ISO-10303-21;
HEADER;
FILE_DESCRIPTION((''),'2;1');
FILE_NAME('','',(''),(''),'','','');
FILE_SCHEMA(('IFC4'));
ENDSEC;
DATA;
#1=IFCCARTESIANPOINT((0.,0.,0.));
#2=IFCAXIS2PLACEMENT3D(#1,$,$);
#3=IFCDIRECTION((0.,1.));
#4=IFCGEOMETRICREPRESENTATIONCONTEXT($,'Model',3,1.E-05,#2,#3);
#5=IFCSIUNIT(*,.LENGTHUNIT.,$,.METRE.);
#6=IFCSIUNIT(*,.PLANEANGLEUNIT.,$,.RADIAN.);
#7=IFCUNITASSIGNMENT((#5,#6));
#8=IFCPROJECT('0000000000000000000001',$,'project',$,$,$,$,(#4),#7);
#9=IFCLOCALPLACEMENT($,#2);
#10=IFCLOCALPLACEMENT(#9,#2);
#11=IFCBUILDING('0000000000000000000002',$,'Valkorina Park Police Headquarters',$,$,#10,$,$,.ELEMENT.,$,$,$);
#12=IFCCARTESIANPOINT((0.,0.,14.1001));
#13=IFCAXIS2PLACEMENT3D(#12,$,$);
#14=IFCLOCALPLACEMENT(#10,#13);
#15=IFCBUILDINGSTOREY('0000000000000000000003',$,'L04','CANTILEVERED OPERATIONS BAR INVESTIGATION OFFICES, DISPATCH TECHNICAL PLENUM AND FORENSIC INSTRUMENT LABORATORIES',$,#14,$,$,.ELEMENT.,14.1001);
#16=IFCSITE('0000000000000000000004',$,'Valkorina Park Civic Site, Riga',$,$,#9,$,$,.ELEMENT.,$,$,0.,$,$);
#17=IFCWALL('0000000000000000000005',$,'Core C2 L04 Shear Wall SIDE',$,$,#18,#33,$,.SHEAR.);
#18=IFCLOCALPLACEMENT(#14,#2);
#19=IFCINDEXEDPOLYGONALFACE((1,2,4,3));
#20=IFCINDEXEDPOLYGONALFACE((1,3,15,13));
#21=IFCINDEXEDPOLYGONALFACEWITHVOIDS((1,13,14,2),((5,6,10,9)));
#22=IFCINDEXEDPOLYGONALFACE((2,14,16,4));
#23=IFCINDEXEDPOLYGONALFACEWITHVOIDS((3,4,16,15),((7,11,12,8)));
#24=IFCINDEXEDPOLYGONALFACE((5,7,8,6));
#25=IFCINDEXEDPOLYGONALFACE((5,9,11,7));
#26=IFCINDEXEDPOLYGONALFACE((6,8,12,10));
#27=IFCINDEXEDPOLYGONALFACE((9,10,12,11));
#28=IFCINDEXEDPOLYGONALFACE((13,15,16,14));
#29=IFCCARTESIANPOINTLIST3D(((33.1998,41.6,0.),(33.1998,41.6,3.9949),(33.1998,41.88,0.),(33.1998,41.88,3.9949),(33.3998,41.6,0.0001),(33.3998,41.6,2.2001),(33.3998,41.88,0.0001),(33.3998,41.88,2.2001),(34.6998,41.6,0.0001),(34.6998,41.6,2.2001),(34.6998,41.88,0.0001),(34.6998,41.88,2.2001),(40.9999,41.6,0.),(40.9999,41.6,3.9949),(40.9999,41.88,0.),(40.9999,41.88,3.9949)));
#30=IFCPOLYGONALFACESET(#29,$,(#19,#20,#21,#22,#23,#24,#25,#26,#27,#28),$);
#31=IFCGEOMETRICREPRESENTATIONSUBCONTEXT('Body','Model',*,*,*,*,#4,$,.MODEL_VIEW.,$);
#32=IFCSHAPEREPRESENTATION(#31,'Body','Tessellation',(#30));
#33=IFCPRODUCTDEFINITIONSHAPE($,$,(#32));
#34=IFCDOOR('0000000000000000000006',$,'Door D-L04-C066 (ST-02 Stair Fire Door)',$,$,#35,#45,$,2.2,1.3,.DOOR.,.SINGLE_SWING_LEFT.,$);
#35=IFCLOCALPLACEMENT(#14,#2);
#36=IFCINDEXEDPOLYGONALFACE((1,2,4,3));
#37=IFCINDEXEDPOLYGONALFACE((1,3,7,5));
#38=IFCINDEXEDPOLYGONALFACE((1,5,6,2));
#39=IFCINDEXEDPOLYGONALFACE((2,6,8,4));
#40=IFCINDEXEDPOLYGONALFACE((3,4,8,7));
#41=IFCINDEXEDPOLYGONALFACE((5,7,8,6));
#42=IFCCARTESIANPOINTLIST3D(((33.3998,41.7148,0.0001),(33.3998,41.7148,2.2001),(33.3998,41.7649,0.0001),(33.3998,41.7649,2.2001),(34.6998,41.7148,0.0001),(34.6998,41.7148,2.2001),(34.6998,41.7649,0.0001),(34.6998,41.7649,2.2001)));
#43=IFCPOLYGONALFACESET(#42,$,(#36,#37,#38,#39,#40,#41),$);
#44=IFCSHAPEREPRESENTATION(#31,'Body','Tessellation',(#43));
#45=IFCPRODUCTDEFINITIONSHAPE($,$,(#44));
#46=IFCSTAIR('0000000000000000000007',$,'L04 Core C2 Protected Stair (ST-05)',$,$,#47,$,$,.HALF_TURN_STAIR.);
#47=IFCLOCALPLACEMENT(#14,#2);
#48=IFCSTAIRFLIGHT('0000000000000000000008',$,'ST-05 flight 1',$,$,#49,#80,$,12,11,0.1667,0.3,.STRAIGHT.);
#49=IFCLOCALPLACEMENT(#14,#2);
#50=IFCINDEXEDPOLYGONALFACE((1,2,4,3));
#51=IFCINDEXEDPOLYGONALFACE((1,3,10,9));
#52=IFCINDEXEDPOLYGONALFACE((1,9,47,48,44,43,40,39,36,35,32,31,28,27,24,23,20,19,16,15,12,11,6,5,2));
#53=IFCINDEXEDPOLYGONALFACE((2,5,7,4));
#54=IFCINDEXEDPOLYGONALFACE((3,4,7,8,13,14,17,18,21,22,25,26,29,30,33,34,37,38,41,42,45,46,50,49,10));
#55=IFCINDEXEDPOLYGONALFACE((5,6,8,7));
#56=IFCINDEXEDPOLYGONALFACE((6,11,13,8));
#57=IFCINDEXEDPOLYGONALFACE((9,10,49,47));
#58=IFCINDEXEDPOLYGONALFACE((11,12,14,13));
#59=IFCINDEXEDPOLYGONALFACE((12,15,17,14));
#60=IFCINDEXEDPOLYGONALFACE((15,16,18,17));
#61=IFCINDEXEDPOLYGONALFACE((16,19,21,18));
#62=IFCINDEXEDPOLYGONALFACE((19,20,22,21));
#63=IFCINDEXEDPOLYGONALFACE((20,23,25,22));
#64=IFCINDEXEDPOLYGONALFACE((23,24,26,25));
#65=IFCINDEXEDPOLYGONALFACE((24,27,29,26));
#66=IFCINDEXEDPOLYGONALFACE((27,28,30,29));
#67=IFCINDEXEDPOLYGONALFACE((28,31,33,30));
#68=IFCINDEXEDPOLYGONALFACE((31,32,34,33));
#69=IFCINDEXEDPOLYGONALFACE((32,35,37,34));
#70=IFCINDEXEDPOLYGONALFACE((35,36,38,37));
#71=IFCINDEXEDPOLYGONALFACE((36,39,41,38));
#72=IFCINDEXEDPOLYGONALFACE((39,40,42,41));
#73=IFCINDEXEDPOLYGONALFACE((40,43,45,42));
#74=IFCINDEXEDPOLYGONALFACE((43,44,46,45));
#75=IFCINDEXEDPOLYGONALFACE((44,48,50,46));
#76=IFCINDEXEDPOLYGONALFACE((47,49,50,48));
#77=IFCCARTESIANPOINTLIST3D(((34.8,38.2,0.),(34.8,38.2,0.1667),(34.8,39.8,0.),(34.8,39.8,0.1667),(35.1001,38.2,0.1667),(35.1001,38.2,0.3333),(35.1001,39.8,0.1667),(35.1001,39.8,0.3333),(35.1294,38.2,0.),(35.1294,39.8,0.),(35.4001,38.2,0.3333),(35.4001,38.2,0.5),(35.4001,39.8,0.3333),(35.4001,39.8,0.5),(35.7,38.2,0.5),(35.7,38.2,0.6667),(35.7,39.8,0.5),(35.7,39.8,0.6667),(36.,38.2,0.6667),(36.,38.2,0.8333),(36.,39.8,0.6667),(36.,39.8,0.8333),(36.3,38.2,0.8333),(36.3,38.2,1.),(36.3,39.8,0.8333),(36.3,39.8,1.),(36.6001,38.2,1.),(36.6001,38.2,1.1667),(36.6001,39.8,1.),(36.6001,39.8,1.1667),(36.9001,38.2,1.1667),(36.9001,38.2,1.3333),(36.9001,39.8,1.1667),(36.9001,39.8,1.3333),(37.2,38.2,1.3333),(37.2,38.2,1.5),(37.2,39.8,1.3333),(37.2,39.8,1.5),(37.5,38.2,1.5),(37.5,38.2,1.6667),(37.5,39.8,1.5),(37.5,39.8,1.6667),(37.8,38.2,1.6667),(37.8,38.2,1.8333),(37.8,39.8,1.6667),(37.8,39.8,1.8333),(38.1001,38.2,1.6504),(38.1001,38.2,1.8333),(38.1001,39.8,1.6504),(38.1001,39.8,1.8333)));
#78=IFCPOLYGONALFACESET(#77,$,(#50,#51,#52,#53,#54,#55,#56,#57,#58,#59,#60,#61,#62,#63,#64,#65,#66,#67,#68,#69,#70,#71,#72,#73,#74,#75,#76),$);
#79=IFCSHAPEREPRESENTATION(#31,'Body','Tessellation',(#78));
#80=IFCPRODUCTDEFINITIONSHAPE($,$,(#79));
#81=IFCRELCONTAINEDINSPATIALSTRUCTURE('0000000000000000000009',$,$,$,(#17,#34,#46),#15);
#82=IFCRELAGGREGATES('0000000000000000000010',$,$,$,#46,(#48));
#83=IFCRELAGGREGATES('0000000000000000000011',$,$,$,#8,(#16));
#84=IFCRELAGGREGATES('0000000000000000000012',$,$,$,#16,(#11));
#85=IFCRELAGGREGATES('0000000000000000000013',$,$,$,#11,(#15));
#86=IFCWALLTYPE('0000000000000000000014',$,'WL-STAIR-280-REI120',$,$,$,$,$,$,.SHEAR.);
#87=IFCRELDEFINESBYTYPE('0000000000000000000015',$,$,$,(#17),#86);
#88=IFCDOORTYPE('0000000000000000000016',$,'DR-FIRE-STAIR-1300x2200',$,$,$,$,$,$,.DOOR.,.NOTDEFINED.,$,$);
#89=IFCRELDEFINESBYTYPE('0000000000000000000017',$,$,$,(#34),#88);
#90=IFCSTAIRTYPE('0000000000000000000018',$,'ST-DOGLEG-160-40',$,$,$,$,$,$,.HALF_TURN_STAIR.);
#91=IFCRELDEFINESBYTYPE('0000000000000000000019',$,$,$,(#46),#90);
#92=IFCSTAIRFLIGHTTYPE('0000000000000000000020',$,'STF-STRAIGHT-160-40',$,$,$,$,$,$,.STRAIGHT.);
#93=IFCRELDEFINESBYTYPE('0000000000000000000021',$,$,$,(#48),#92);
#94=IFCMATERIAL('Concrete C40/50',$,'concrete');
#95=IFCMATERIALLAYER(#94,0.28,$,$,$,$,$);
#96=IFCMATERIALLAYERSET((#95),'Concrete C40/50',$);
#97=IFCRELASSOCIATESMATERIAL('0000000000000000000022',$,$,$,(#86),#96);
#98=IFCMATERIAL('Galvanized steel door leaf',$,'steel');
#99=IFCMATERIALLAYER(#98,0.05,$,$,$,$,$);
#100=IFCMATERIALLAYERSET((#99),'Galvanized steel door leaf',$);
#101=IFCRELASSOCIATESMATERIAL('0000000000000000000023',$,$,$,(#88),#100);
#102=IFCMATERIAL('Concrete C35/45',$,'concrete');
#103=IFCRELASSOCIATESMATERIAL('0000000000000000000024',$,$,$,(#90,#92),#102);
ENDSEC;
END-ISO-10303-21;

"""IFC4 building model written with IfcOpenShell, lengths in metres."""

from ifc_helpers import new_model, si_unit, direction, frame, frame_2d, origin, place, context, subcontext, project, spatial, polyline, rectangle, outline, extrude, material, layer, layer_set, type_object, element, fill, aggregate, save


model = new_model("IFC4")

# Units and contexts
model_context = context("Model", 3, precision=1e-05, world=origin(), true_north=direction((0.0, 1.0)))
body_context = subcontext(model_context, "Body", "Model", "MODEL_VIEW")
ifc_project = project(units=[si_unit("LENGTHUNIT", "METRE"), si_unit("PLANEANGLEUNIT", "RADIAN")], contexts=[model_context])

# Site, building, storey
site_placement = place(None, origin())
site = spatial("IfcSite", under=ifc_project, at=site_placement, Name="Valkorina Park Civic Site, Riga", CompositionType="ELEMENT", RefElevation=0.0)
building_placement = place(site_placement, origin())
building = spatial("IfcBuilding", under=site, at=building_placement, Name="Valkorina Park Police Headquarters", CompositionType="ELEMENT")
storey_placement = place(building_placement, frame((0.0, 0.0, 14.1001)))
storey = spatial("IfcBuildingStorey", under=building, at=storey_placement, Name="L04", Description="CANTILEVERED OPERATIONS BAR INVESTIGATION OFFICES, DISPATCH TECHNICAL PLENUM AND FORENSIC INSTRUMENT LABORATORIES", CompositionType="ELEMENT", Elevation=14.1001)

# Shared definitions
ifc_material_1 = material(Name="Galvanized steel door leaf", Category="steel")

# Shared definitions
ifc_material_2 = material(Name="Concrete C40/50", Category="concrete")

# Wall, opening, door
ifc_layer_1 = layer(ifc_material_2, 0.28)
ifc_layer_set_1 = layer_set([ifc_layer_1], Name="Concrete C40/50")
wall_type_1 = type_object("IfcWallType", Name="WL-STAIR-280-REI120", PredefinedType="SHEAR", material=ifc_layer_set_1)
wall_1_placement = place(storey_placement, frame((33.2, 41.74, 0.0), z_axis=(0.0, 0.0, 1.0), x_axis=(1.0, 0.0, 0.0)))
wall_1 = element("IfcWall", 1, at=wall_1_placement, inside=storey, type_object=wall_type_1, Name="Core C2 L04 Shear Wall SIDE", PredefinedType="SHEAR", context=body_context, shape_type="SweptSolid", body=[
    extrude(rectangle(XDim=7.8, YDim=0.28, at=frame_2d((3.8999, 0.0))), origin(), (0.0, 0.0, 1.0), 3.9949),
])
opening_1_placement = place(wall_1_placement, frame((0.2, 0.0, 0.0)))
opening_1 = element("IfcOpeningElement", 2, at=opening_1_placement, cuts=wall_1, PredefinedType="OPENING", context=body_context, shape_type="SweptSolid", body=[
    extrude(rectangle(XDim=1.3, YDim=2.2, at=frame_2d((0.6499, 1.1001))), frame((0.0, 0.1499, 0.0), z_axis=(0.0, -1.0, 0.0), x_axis=(1.0, 0.0, 0.0)), (0.0, 0.0, 1.0), 0.3),
])
ifc_layer_2 = layer(ifc_material_1, 0.05)
ifc_layer_set_2 = layer_set([ifc_layer_2], Name="Galvanized steel door leaf")
door_type_1 = type_object("IfcDoorType", Name="DR-FIRE-STAIR-1300x2200", OperationType="NOTDEFINED", PredefinedType="DOOR", material=ifc_layer_set_2)
door_1_placement = place(opening_1_placement, origin())
door_1 = element("IfcDoor", 3, at=door_1_placement, inside=storey, type_object=door_type_1, Name="Door D-L04-C066 (ST-02 Stair Fire Door)", OperationType="SINGLE_SWING_LEFT", OverallHeight=2.2, OverallWidth=1.3, PredefinedType="DOOR", context=body_context, shape_type="SweptSolid", body=[
    extrude(rectangle(XDim=1.3, YDim=2.2, at=frame_2d((0.6499, 1.1001))), frame((0.0, 0.0249, 0.0), z_axis=(0.0, -1.0, 0.0), x_axis=(1.0, 0.0, 0.0)), (0.0, 0.0, 1.0), 0.05),
])
fill(opening_1, door_1)

# Stair, stair flight
ifc_material_3 = material(Name="Concrete C35/45", Category="concrete")
stair_type = type_object("IfcStairType", Name="ST-DOGLEG-160-40", PredefinedType="HALF_TURN_STAIR", material=ifc_material_3)
stair_placement = place(storey_placement, origin())
stair = element("IfcStair", 4, at=stair_placement, inside=storey, type_object=stair_type, Name="L04 Core C2 Protected Stair (ST-05)", PredefinedType="HALF_TURN_STAIR")
stair_flight_type = type_object("IfcStairFlightType", Name="STF-STRAIGHT-160-40", PredefinedType="STRAIGHT", material=ifc_material_3)
stair_flight_placement = place(storey_placement, frame((34.8, 39.0, 0.0), z_axis=(0.0, 0.0, 1.0), x_axis=(1.0, 0.0, 0.0)))
stair_flight = element("IfcStairFlight", 5, at=stair_flight_placement, type_object=stair_flight_type, Name="ST-05 flight 1", NumberOfRisers=12, NumberOfTreads=11, PredefinedType="STRAIGHT", RiserHeight=0.1667, TreadLength=0.3, context=body_context, shape_type="SweptSolid", body=[
    extrude(outline(polyline([(0.0, 0.0), (0.0, 0.1667), (0.3, 0.1667), (0.3, 0.3333), (0.6001, 0.3333), (0.6001, 0.5), (0.8999, 0.5), (0.8999, 0.6667), (1.2, 0.6667), (1.2, 0.8333), (1.5, 0.8333), (1.5, 1.0), (1.8, 1.0), (1.8, 1.1667), (2.1001, 1.1667), (2.1001, 1.3333), (2.3999, 1.3333), (2.3999, 1.5), (2.7, 1.5), (2.7, 1.6667), (3.0, 1.6667), (3.0, 1.8333), (3.3, 1.8333), (3.3, 2.0), (3.3, 1.6504), (0.3293, 0.0), (0.0, 0.0)])), frame((0.0, 0.8, 0.0), z_axis=(0.0, -1.0, 0.0), x_axis=(1.0, 0.0, 0.0)), (0.0, 0.0, 1.0), 1.6001),
])
aggregate(stair, [stair_flight])

save(model, "model.ifc")
